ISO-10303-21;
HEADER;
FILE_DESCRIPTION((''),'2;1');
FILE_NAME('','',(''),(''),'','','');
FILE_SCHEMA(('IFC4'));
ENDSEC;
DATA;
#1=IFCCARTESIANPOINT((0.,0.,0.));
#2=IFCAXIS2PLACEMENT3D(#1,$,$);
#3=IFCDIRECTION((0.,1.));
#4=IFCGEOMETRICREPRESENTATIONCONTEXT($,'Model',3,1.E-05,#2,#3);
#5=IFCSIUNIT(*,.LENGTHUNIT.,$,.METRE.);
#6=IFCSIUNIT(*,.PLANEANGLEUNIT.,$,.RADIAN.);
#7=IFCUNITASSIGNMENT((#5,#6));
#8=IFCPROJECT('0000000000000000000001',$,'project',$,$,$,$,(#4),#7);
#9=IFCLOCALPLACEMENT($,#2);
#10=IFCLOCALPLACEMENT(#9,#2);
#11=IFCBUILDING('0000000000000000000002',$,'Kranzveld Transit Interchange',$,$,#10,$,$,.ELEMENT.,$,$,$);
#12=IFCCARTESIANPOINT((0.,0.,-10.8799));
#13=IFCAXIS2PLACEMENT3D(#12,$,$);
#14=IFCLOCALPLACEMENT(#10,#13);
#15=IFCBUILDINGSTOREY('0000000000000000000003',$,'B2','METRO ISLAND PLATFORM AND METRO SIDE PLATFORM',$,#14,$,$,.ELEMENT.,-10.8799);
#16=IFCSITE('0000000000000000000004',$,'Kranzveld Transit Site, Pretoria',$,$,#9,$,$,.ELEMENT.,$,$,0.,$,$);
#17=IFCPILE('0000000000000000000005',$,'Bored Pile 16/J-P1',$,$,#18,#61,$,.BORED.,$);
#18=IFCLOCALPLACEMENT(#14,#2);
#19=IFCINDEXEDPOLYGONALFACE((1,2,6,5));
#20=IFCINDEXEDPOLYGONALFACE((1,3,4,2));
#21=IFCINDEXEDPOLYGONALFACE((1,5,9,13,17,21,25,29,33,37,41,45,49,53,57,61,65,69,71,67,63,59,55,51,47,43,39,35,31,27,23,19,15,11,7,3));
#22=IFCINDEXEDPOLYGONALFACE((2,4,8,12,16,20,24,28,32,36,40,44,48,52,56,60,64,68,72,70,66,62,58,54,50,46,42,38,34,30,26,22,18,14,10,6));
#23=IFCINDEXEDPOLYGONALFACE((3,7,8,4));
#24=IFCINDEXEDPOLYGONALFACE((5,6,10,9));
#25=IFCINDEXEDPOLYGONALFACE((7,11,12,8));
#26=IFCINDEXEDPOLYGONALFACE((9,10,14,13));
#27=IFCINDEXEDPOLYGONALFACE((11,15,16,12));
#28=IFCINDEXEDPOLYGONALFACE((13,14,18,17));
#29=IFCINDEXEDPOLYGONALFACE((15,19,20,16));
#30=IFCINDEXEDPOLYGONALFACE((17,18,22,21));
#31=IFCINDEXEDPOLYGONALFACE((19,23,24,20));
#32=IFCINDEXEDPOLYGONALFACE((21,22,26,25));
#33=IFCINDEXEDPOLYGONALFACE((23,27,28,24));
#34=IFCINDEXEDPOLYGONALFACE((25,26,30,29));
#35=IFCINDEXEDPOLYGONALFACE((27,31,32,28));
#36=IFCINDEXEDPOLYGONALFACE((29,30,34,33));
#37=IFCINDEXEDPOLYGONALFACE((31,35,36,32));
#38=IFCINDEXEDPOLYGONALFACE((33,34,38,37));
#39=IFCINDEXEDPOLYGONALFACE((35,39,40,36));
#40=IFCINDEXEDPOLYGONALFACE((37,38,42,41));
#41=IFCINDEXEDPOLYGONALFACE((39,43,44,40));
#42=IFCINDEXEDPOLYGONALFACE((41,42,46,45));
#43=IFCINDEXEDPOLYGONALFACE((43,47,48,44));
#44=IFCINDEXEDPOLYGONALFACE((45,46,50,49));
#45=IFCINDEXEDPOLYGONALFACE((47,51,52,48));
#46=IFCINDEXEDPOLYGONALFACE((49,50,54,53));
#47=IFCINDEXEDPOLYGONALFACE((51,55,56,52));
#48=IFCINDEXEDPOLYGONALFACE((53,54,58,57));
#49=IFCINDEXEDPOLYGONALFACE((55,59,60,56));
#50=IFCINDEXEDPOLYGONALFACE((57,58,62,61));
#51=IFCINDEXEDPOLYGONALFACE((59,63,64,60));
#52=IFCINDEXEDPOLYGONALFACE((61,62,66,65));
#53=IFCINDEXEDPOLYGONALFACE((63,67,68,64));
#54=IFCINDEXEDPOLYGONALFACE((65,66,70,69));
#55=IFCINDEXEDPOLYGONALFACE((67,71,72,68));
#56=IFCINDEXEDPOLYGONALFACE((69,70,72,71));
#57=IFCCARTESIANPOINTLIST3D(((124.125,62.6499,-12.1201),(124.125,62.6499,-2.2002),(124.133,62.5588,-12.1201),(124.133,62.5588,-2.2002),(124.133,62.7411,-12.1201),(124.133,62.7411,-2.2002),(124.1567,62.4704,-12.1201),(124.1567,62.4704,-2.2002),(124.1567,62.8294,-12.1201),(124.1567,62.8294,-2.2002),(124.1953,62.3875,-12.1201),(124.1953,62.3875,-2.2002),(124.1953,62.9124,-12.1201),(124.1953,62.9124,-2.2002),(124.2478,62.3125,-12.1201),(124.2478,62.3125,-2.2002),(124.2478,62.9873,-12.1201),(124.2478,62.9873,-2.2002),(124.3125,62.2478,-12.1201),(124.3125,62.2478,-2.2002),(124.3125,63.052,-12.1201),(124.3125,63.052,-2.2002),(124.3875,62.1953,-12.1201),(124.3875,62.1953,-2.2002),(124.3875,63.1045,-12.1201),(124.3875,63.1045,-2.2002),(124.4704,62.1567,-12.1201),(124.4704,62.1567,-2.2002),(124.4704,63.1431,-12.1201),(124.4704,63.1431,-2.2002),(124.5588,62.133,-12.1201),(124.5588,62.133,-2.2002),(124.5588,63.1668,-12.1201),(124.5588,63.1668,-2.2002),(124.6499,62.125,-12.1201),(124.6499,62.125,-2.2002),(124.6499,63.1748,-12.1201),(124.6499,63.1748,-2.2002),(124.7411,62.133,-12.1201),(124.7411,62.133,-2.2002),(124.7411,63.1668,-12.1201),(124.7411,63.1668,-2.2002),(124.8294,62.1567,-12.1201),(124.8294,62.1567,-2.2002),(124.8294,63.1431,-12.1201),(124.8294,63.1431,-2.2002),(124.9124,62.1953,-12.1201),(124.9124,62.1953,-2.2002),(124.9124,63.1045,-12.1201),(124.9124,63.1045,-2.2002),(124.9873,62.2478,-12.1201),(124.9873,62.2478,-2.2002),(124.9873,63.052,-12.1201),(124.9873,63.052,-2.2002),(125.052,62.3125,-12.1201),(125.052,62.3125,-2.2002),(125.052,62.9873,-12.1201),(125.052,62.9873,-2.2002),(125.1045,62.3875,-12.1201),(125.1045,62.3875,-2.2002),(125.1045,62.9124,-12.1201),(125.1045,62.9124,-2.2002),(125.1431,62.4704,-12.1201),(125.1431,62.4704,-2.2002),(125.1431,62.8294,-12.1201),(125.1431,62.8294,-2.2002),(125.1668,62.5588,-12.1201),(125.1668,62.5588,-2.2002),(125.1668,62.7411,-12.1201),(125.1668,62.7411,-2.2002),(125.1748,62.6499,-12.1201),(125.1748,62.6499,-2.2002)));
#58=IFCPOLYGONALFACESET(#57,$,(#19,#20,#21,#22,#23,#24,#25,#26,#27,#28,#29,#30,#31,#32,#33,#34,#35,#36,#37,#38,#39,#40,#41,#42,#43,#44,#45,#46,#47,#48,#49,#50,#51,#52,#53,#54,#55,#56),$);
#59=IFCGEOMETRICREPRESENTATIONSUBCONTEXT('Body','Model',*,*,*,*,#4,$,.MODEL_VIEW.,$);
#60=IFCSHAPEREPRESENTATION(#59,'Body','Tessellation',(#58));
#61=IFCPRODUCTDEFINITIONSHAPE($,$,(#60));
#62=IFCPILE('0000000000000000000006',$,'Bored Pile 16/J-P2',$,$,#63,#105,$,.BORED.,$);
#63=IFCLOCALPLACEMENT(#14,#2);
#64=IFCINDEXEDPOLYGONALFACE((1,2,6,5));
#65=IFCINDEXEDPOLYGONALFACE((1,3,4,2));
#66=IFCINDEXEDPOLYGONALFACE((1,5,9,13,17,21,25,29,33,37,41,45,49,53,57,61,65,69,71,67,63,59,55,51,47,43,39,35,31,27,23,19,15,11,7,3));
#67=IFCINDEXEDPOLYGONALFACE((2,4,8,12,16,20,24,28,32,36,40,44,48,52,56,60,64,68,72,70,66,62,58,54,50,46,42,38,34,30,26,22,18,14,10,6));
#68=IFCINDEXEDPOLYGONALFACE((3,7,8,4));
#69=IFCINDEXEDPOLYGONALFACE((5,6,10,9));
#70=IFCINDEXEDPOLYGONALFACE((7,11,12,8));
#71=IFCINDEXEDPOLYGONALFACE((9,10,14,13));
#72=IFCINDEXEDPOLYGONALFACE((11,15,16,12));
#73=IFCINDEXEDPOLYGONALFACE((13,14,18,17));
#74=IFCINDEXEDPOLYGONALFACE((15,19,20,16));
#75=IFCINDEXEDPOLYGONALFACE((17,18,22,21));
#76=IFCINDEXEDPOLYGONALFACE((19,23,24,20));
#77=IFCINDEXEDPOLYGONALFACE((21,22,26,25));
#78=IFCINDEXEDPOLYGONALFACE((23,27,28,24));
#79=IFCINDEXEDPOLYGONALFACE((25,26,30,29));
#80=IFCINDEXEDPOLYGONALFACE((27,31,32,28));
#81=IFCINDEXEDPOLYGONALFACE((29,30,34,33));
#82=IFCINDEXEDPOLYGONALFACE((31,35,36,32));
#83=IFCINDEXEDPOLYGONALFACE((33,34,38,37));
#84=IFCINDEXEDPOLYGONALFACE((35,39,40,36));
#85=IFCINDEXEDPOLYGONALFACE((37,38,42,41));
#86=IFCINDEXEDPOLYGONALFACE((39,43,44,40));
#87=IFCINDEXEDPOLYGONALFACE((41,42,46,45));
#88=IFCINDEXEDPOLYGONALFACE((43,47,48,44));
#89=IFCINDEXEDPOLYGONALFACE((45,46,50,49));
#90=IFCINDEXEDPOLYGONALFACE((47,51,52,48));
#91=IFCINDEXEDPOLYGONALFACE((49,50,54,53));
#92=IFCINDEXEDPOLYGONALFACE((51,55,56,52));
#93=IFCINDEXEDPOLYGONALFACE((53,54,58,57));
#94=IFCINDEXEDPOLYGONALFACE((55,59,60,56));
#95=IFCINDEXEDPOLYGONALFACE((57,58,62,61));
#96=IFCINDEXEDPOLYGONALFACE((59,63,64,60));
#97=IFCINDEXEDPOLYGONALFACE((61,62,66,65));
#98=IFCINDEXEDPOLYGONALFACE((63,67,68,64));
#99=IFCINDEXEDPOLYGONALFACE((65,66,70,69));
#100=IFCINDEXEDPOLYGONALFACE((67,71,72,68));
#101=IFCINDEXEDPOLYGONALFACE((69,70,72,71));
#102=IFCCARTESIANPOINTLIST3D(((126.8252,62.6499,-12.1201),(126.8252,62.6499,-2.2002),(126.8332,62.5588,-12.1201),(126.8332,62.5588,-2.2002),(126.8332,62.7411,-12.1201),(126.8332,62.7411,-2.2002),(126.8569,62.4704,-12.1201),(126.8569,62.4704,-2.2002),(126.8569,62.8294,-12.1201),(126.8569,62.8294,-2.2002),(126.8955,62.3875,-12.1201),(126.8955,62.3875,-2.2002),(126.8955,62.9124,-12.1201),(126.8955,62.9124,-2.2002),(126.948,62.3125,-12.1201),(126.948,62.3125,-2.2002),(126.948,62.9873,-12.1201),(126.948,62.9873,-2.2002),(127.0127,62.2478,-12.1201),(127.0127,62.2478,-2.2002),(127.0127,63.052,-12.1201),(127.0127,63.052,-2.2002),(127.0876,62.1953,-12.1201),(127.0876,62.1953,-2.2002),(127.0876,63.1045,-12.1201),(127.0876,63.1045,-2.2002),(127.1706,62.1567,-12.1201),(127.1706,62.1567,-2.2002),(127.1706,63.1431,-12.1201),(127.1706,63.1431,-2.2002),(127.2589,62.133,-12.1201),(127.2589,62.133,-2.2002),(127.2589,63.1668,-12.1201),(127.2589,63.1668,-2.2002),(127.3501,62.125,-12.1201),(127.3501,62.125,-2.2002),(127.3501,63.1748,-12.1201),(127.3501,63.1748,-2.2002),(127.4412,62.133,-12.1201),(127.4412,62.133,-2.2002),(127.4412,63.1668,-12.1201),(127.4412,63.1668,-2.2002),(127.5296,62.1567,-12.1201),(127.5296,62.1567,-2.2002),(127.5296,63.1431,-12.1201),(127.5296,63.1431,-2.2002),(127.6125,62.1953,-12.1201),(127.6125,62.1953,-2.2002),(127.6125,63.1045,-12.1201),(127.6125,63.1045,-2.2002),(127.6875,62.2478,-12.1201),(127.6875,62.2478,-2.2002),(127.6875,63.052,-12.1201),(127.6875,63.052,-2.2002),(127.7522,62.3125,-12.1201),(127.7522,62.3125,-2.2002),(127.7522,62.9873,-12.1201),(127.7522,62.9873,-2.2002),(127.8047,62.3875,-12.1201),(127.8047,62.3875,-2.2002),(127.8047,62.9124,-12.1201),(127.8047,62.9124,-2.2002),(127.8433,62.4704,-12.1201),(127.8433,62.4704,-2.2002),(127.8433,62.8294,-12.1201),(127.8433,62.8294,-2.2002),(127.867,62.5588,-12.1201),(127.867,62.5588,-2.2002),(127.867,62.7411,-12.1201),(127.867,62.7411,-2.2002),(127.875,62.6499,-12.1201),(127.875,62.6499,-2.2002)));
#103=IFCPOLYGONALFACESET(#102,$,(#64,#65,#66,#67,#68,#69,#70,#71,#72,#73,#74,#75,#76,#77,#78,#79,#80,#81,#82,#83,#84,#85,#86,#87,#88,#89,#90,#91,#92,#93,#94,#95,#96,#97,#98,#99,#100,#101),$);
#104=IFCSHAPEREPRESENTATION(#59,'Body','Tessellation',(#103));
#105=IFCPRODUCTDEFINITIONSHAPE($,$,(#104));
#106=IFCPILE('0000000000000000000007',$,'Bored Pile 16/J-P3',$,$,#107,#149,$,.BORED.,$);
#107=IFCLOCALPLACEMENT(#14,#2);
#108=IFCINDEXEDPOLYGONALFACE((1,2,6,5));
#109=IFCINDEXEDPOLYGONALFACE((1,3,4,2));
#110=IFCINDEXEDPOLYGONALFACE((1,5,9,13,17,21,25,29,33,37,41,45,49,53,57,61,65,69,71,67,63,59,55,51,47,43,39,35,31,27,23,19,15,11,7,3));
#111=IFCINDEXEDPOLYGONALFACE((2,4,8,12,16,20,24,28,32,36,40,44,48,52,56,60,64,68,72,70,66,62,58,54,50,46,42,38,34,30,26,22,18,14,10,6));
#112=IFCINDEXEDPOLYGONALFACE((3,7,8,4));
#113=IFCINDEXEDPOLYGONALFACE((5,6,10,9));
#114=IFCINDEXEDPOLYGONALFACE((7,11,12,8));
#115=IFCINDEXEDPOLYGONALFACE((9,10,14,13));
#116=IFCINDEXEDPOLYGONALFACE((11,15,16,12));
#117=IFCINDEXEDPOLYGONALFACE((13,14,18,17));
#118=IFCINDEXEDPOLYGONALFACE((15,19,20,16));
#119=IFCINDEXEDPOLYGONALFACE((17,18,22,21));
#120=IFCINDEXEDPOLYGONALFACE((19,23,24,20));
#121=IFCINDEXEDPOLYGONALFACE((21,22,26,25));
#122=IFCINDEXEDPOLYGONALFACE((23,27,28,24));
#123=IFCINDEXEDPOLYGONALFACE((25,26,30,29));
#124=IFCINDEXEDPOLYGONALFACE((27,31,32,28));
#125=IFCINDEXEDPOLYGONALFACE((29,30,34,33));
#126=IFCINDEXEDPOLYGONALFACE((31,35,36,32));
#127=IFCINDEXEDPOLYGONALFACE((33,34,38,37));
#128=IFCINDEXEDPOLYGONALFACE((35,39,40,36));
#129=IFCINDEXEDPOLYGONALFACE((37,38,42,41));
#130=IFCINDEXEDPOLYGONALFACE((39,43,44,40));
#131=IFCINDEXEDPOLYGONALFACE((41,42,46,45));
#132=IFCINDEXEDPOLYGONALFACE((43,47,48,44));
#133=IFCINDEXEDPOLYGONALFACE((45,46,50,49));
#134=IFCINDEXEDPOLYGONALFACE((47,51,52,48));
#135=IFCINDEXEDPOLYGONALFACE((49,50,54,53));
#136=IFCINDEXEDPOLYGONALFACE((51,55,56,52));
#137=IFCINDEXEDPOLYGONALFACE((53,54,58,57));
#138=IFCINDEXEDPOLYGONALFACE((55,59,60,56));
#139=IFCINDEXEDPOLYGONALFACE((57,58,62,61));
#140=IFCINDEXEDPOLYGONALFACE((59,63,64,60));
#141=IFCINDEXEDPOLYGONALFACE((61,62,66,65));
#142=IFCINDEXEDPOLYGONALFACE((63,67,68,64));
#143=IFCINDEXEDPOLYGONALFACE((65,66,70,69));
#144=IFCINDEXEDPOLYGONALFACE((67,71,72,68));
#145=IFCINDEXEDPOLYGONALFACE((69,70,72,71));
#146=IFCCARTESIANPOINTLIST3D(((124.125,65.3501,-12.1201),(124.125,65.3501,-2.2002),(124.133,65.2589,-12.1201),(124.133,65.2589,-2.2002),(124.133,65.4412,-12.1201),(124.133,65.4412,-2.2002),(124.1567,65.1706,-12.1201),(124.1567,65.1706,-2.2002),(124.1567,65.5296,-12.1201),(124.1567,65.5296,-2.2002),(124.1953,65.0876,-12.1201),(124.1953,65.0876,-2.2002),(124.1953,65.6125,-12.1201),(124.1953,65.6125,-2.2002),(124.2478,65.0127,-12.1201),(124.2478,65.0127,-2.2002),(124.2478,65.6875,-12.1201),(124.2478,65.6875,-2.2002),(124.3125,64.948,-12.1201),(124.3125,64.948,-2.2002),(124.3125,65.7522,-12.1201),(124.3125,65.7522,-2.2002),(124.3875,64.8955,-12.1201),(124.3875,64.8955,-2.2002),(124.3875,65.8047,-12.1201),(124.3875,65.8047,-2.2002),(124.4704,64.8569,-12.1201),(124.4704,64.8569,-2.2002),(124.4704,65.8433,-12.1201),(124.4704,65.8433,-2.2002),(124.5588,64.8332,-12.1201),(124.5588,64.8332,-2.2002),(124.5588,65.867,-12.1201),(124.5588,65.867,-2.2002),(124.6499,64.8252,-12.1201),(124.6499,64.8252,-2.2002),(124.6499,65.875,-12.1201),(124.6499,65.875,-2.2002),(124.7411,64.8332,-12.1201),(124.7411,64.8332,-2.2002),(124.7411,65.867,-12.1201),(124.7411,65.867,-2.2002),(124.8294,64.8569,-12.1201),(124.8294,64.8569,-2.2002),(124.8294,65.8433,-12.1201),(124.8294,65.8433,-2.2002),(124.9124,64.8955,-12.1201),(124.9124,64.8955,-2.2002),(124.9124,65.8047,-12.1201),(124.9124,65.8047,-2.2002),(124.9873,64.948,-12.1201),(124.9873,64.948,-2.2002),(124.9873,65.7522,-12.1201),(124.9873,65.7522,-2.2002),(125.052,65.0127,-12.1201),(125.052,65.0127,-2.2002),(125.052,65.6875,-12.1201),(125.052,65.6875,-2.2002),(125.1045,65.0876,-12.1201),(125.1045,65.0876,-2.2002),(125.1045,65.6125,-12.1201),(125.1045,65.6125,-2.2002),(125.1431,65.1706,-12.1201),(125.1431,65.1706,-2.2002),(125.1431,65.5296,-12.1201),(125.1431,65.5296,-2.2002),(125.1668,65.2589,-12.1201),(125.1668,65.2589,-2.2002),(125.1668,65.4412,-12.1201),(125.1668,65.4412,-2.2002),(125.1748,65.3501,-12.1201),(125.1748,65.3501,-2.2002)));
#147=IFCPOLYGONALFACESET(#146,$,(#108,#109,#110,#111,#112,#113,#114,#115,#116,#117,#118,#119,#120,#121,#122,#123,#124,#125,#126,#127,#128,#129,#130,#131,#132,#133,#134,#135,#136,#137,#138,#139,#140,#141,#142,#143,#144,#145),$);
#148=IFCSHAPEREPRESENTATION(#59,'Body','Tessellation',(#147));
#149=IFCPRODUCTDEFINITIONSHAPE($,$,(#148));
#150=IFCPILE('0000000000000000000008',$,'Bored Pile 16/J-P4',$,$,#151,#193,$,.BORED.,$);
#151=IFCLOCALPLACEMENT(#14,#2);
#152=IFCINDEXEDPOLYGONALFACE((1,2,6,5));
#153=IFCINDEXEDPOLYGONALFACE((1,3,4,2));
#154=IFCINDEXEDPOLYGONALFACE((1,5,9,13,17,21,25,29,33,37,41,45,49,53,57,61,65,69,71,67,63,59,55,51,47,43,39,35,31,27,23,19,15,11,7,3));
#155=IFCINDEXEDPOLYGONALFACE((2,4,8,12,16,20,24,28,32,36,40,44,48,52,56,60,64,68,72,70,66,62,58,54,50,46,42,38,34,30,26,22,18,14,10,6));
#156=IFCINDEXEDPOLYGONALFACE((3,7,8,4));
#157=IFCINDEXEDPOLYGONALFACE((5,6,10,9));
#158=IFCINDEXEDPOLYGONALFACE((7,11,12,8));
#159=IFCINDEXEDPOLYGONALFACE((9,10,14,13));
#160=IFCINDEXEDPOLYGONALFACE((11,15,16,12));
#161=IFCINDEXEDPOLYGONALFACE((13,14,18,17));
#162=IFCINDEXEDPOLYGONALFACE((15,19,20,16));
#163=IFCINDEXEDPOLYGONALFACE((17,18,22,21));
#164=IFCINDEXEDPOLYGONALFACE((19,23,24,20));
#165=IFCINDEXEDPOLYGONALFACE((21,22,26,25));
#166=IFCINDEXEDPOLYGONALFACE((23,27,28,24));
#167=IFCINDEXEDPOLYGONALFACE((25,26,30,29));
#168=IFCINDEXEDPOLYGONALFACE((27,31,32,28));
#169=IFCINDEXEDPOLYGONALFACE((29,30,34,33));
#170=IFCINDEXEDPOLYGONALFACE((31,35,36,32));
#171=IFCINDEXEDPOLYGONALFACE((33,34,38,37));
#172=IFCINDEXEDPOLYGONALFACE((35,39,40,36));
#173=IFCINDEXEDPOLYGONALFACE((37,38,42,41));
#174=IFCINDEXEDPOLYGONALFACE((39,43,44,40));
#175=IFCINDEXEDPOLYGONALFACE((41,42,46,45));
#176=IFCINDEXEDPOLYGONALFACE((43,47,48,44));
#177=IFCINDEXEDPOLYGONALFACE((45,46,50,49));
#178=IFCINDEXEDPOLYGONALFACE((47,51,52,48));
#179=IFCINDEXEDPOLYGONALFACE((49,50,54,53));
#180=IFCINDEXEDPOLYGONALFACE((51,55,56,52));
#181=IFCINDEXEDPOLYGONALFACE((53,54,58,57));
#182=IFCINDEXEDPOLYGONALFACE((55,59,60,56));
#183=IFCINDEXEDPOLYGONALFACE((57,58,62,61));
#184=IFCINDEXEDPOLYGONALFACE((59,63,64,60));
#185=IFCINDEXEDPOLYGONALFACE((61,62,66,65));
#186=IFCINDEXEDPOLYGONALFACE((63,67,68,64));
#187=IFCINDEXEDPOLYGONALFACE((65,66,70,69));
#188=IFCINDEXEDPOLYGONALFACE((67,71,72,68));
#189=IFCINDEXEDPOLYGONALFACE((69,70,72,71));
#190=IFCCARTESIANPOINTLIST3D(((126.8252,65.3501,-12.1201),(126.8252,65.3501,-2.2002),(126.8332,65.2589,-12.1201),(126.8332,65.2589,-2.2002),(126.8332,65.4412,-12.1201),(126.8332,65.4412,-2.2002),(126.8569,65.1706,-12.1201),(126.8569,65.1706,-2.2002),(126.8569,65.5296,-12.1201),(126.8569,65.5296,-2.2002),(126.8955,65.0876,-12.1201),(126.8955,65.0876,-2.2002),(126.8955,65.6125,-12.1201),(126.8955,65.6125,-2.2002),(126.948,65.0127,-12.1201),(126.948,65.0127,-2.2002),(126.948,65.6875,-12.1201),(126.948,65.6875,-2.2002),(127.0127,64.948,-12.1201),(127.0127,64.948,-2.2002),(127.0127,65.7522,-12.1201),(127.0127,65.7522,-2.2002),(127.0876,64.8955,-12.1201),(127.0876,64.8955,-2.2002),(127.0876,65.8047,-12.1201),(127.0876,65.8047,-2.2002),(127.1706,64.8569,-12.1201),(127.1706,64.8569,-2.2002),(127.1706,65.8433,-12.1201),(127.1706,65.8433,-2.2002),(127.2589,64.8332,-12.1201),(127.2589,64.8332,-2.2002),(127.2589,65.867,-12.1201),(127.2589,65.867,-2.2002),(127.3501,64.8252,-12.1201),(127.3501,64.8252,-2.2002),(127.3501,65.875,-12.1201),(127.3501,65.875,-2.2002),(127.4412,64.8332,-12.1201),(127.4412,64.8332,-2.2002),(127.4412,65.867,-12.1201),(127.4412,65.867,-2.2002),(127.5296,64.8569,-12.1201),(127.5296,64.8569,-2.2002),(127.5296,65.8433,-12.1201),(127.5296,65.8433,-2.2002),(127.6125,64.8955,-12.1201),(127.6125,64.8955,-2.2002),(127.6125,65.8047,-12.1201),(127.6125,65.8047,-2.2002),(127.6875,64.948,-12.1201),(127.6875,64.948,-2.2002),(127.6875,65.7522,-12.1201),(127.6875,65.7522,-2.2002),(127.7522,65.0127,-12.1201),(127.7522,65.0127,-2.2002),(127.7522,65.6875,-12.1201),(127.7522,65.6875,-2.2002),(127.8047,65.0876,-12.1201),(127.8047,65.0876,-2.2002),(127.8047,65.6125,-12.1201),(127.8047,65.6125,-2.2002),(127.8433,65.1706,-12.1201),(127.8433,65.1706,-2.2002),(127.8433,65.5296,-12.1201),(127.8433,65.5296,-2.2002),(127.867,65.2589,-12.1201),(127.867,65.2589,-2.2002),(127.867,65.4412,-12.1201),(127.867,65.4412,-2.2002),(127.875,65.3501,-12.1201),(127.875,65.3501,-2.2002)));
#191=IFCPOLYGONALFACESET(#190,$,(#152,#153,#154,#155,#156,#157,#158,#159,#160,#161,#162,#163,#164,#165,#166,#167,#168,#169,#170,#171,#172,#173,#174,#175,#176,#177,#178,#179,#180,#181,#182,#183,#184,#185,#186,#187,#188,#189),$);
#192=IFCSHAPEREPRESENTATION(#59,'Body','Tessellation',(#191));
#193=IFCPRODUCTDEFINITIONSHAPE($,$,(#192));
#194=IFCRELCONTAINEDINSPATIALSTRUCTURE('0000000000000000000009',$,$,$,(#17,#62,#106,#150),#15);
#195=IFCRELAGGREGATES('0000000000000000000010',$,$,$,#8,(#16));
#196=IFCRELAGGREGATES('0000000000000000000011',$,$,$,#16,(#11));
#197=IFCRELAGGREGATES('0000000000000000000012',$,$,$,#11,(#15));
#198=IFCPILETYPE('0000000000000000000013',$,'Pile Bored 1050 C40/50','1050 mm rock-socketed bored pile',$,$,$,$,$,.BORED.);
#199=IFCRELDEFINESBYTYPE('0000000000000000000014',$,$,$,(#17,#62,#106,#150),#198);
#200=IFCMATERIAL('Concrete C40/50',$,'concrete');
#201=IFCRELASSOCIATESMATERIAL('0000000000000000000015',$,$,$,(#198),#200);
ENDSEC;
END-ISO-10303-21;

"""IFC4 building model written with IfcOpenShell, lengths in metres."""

from ifc_helpers import new_model, si_unit, direction, frame, origin, origin_2d, place, context, subcontext, project, spatial, circle, extrude, material, material_profile, profile_set, type_object, element, save


model = new_model("IFC4")

# Units and contexts
model_context = context("Model", 3, precision=1e-05, world=origin(), true_north=direction((0.0, 1.0)))
body_context = subcontext(model_context, "Body", "Model", "MODEL_VIEW")
ifc_project = project(units=[si_unit("LENGTHUNIT", "METRE"), si_unit("PLANEANGLEUNIT", "RADIAN")], contexts=[model_context])

# Site, building, storey
site_placement = place(None, origin())
site = spatial("IfcSite", under=ifc_project, at=site_placement, Name="Kranzveld Transit Site, Pretoria", CompositionType="ELEMENT", RefElevation=0.0)
building_placement = place(site_placement, origin())
building = spatial("IfcBuilding", under=site, at=building_placement, Name="Kranzveld Transit Interchange", CompositionType="ELEMENT")
storey_placement = place(building_placement, frame((0.0, 0.0, -10.8799)))
storey = spatial("IfcBuildingStorey", under=building, at=storey_placement, Name="B2", Description="METRO ISLAND PLATFORM AND METRO SIDE PLATFORM", CompositionType="ELEMENT", Elevation=-10.8799)

# Piles
ifc_material_1 = material(Name="Concrete C40/50", Category="concrete")
ifc_material_profile_1 = material_profile(ifc_material_1, circle(Radius=0.5249, at=origin_2d()), Name="BORED PILE 1050")
ifc_profile_set_1 = profile_set([ifc_material_profile_1], Name="Concrete C40/50")
pile_type_1 = type_object("IfcPileType", Name="Pile Bored 1050 C40/50", Description="1050 mm rock-socketed bored pile", PredefinedType="BORED", material=ifc_profile_set_1)
for number, where, z_axis, x_axis, name in (
    (1, (124.6499, 62.6499, -2.2002), (0.0, 0.0, -1.0), (1.0, 0.0, 0.0), "Bored Pile 16/J-P1"),
    (2, (127.3501, 62.6499, -2.2002), (0.0, 0.0, -1.0), (1.0, 0.0, 0.0), "Bored Pile 16/J-P2"),
    (3, (124.6499, 65.3501, -2.2002), (0.0, 0.0, -1.0), (1.0, 0.0, 0.0), "Bored Pile 16/J-P3"),
    (4, (127.3501, 65.3501, -2.2002), (0.0, 0.0, -1.0), (1.0, 0.0, 0.0), "Bored Pile 16/J-P4"),
):
    element("IfcPile", number, at=place(storey_placement, frame(where, z_axis=z_axis, x_axis=x_axis)), inside=storey, type_object=pile_type_1, Name=name, PredefinedType="BORED", context=body_context, shape_type="SweptSolid", body=[
        extrude(circle(Radius=0.5249, at=origin_2d()), origin(), (0.0, 0.0, 1.0), 9.9199),
    ])

save(model, "model.ifc")
